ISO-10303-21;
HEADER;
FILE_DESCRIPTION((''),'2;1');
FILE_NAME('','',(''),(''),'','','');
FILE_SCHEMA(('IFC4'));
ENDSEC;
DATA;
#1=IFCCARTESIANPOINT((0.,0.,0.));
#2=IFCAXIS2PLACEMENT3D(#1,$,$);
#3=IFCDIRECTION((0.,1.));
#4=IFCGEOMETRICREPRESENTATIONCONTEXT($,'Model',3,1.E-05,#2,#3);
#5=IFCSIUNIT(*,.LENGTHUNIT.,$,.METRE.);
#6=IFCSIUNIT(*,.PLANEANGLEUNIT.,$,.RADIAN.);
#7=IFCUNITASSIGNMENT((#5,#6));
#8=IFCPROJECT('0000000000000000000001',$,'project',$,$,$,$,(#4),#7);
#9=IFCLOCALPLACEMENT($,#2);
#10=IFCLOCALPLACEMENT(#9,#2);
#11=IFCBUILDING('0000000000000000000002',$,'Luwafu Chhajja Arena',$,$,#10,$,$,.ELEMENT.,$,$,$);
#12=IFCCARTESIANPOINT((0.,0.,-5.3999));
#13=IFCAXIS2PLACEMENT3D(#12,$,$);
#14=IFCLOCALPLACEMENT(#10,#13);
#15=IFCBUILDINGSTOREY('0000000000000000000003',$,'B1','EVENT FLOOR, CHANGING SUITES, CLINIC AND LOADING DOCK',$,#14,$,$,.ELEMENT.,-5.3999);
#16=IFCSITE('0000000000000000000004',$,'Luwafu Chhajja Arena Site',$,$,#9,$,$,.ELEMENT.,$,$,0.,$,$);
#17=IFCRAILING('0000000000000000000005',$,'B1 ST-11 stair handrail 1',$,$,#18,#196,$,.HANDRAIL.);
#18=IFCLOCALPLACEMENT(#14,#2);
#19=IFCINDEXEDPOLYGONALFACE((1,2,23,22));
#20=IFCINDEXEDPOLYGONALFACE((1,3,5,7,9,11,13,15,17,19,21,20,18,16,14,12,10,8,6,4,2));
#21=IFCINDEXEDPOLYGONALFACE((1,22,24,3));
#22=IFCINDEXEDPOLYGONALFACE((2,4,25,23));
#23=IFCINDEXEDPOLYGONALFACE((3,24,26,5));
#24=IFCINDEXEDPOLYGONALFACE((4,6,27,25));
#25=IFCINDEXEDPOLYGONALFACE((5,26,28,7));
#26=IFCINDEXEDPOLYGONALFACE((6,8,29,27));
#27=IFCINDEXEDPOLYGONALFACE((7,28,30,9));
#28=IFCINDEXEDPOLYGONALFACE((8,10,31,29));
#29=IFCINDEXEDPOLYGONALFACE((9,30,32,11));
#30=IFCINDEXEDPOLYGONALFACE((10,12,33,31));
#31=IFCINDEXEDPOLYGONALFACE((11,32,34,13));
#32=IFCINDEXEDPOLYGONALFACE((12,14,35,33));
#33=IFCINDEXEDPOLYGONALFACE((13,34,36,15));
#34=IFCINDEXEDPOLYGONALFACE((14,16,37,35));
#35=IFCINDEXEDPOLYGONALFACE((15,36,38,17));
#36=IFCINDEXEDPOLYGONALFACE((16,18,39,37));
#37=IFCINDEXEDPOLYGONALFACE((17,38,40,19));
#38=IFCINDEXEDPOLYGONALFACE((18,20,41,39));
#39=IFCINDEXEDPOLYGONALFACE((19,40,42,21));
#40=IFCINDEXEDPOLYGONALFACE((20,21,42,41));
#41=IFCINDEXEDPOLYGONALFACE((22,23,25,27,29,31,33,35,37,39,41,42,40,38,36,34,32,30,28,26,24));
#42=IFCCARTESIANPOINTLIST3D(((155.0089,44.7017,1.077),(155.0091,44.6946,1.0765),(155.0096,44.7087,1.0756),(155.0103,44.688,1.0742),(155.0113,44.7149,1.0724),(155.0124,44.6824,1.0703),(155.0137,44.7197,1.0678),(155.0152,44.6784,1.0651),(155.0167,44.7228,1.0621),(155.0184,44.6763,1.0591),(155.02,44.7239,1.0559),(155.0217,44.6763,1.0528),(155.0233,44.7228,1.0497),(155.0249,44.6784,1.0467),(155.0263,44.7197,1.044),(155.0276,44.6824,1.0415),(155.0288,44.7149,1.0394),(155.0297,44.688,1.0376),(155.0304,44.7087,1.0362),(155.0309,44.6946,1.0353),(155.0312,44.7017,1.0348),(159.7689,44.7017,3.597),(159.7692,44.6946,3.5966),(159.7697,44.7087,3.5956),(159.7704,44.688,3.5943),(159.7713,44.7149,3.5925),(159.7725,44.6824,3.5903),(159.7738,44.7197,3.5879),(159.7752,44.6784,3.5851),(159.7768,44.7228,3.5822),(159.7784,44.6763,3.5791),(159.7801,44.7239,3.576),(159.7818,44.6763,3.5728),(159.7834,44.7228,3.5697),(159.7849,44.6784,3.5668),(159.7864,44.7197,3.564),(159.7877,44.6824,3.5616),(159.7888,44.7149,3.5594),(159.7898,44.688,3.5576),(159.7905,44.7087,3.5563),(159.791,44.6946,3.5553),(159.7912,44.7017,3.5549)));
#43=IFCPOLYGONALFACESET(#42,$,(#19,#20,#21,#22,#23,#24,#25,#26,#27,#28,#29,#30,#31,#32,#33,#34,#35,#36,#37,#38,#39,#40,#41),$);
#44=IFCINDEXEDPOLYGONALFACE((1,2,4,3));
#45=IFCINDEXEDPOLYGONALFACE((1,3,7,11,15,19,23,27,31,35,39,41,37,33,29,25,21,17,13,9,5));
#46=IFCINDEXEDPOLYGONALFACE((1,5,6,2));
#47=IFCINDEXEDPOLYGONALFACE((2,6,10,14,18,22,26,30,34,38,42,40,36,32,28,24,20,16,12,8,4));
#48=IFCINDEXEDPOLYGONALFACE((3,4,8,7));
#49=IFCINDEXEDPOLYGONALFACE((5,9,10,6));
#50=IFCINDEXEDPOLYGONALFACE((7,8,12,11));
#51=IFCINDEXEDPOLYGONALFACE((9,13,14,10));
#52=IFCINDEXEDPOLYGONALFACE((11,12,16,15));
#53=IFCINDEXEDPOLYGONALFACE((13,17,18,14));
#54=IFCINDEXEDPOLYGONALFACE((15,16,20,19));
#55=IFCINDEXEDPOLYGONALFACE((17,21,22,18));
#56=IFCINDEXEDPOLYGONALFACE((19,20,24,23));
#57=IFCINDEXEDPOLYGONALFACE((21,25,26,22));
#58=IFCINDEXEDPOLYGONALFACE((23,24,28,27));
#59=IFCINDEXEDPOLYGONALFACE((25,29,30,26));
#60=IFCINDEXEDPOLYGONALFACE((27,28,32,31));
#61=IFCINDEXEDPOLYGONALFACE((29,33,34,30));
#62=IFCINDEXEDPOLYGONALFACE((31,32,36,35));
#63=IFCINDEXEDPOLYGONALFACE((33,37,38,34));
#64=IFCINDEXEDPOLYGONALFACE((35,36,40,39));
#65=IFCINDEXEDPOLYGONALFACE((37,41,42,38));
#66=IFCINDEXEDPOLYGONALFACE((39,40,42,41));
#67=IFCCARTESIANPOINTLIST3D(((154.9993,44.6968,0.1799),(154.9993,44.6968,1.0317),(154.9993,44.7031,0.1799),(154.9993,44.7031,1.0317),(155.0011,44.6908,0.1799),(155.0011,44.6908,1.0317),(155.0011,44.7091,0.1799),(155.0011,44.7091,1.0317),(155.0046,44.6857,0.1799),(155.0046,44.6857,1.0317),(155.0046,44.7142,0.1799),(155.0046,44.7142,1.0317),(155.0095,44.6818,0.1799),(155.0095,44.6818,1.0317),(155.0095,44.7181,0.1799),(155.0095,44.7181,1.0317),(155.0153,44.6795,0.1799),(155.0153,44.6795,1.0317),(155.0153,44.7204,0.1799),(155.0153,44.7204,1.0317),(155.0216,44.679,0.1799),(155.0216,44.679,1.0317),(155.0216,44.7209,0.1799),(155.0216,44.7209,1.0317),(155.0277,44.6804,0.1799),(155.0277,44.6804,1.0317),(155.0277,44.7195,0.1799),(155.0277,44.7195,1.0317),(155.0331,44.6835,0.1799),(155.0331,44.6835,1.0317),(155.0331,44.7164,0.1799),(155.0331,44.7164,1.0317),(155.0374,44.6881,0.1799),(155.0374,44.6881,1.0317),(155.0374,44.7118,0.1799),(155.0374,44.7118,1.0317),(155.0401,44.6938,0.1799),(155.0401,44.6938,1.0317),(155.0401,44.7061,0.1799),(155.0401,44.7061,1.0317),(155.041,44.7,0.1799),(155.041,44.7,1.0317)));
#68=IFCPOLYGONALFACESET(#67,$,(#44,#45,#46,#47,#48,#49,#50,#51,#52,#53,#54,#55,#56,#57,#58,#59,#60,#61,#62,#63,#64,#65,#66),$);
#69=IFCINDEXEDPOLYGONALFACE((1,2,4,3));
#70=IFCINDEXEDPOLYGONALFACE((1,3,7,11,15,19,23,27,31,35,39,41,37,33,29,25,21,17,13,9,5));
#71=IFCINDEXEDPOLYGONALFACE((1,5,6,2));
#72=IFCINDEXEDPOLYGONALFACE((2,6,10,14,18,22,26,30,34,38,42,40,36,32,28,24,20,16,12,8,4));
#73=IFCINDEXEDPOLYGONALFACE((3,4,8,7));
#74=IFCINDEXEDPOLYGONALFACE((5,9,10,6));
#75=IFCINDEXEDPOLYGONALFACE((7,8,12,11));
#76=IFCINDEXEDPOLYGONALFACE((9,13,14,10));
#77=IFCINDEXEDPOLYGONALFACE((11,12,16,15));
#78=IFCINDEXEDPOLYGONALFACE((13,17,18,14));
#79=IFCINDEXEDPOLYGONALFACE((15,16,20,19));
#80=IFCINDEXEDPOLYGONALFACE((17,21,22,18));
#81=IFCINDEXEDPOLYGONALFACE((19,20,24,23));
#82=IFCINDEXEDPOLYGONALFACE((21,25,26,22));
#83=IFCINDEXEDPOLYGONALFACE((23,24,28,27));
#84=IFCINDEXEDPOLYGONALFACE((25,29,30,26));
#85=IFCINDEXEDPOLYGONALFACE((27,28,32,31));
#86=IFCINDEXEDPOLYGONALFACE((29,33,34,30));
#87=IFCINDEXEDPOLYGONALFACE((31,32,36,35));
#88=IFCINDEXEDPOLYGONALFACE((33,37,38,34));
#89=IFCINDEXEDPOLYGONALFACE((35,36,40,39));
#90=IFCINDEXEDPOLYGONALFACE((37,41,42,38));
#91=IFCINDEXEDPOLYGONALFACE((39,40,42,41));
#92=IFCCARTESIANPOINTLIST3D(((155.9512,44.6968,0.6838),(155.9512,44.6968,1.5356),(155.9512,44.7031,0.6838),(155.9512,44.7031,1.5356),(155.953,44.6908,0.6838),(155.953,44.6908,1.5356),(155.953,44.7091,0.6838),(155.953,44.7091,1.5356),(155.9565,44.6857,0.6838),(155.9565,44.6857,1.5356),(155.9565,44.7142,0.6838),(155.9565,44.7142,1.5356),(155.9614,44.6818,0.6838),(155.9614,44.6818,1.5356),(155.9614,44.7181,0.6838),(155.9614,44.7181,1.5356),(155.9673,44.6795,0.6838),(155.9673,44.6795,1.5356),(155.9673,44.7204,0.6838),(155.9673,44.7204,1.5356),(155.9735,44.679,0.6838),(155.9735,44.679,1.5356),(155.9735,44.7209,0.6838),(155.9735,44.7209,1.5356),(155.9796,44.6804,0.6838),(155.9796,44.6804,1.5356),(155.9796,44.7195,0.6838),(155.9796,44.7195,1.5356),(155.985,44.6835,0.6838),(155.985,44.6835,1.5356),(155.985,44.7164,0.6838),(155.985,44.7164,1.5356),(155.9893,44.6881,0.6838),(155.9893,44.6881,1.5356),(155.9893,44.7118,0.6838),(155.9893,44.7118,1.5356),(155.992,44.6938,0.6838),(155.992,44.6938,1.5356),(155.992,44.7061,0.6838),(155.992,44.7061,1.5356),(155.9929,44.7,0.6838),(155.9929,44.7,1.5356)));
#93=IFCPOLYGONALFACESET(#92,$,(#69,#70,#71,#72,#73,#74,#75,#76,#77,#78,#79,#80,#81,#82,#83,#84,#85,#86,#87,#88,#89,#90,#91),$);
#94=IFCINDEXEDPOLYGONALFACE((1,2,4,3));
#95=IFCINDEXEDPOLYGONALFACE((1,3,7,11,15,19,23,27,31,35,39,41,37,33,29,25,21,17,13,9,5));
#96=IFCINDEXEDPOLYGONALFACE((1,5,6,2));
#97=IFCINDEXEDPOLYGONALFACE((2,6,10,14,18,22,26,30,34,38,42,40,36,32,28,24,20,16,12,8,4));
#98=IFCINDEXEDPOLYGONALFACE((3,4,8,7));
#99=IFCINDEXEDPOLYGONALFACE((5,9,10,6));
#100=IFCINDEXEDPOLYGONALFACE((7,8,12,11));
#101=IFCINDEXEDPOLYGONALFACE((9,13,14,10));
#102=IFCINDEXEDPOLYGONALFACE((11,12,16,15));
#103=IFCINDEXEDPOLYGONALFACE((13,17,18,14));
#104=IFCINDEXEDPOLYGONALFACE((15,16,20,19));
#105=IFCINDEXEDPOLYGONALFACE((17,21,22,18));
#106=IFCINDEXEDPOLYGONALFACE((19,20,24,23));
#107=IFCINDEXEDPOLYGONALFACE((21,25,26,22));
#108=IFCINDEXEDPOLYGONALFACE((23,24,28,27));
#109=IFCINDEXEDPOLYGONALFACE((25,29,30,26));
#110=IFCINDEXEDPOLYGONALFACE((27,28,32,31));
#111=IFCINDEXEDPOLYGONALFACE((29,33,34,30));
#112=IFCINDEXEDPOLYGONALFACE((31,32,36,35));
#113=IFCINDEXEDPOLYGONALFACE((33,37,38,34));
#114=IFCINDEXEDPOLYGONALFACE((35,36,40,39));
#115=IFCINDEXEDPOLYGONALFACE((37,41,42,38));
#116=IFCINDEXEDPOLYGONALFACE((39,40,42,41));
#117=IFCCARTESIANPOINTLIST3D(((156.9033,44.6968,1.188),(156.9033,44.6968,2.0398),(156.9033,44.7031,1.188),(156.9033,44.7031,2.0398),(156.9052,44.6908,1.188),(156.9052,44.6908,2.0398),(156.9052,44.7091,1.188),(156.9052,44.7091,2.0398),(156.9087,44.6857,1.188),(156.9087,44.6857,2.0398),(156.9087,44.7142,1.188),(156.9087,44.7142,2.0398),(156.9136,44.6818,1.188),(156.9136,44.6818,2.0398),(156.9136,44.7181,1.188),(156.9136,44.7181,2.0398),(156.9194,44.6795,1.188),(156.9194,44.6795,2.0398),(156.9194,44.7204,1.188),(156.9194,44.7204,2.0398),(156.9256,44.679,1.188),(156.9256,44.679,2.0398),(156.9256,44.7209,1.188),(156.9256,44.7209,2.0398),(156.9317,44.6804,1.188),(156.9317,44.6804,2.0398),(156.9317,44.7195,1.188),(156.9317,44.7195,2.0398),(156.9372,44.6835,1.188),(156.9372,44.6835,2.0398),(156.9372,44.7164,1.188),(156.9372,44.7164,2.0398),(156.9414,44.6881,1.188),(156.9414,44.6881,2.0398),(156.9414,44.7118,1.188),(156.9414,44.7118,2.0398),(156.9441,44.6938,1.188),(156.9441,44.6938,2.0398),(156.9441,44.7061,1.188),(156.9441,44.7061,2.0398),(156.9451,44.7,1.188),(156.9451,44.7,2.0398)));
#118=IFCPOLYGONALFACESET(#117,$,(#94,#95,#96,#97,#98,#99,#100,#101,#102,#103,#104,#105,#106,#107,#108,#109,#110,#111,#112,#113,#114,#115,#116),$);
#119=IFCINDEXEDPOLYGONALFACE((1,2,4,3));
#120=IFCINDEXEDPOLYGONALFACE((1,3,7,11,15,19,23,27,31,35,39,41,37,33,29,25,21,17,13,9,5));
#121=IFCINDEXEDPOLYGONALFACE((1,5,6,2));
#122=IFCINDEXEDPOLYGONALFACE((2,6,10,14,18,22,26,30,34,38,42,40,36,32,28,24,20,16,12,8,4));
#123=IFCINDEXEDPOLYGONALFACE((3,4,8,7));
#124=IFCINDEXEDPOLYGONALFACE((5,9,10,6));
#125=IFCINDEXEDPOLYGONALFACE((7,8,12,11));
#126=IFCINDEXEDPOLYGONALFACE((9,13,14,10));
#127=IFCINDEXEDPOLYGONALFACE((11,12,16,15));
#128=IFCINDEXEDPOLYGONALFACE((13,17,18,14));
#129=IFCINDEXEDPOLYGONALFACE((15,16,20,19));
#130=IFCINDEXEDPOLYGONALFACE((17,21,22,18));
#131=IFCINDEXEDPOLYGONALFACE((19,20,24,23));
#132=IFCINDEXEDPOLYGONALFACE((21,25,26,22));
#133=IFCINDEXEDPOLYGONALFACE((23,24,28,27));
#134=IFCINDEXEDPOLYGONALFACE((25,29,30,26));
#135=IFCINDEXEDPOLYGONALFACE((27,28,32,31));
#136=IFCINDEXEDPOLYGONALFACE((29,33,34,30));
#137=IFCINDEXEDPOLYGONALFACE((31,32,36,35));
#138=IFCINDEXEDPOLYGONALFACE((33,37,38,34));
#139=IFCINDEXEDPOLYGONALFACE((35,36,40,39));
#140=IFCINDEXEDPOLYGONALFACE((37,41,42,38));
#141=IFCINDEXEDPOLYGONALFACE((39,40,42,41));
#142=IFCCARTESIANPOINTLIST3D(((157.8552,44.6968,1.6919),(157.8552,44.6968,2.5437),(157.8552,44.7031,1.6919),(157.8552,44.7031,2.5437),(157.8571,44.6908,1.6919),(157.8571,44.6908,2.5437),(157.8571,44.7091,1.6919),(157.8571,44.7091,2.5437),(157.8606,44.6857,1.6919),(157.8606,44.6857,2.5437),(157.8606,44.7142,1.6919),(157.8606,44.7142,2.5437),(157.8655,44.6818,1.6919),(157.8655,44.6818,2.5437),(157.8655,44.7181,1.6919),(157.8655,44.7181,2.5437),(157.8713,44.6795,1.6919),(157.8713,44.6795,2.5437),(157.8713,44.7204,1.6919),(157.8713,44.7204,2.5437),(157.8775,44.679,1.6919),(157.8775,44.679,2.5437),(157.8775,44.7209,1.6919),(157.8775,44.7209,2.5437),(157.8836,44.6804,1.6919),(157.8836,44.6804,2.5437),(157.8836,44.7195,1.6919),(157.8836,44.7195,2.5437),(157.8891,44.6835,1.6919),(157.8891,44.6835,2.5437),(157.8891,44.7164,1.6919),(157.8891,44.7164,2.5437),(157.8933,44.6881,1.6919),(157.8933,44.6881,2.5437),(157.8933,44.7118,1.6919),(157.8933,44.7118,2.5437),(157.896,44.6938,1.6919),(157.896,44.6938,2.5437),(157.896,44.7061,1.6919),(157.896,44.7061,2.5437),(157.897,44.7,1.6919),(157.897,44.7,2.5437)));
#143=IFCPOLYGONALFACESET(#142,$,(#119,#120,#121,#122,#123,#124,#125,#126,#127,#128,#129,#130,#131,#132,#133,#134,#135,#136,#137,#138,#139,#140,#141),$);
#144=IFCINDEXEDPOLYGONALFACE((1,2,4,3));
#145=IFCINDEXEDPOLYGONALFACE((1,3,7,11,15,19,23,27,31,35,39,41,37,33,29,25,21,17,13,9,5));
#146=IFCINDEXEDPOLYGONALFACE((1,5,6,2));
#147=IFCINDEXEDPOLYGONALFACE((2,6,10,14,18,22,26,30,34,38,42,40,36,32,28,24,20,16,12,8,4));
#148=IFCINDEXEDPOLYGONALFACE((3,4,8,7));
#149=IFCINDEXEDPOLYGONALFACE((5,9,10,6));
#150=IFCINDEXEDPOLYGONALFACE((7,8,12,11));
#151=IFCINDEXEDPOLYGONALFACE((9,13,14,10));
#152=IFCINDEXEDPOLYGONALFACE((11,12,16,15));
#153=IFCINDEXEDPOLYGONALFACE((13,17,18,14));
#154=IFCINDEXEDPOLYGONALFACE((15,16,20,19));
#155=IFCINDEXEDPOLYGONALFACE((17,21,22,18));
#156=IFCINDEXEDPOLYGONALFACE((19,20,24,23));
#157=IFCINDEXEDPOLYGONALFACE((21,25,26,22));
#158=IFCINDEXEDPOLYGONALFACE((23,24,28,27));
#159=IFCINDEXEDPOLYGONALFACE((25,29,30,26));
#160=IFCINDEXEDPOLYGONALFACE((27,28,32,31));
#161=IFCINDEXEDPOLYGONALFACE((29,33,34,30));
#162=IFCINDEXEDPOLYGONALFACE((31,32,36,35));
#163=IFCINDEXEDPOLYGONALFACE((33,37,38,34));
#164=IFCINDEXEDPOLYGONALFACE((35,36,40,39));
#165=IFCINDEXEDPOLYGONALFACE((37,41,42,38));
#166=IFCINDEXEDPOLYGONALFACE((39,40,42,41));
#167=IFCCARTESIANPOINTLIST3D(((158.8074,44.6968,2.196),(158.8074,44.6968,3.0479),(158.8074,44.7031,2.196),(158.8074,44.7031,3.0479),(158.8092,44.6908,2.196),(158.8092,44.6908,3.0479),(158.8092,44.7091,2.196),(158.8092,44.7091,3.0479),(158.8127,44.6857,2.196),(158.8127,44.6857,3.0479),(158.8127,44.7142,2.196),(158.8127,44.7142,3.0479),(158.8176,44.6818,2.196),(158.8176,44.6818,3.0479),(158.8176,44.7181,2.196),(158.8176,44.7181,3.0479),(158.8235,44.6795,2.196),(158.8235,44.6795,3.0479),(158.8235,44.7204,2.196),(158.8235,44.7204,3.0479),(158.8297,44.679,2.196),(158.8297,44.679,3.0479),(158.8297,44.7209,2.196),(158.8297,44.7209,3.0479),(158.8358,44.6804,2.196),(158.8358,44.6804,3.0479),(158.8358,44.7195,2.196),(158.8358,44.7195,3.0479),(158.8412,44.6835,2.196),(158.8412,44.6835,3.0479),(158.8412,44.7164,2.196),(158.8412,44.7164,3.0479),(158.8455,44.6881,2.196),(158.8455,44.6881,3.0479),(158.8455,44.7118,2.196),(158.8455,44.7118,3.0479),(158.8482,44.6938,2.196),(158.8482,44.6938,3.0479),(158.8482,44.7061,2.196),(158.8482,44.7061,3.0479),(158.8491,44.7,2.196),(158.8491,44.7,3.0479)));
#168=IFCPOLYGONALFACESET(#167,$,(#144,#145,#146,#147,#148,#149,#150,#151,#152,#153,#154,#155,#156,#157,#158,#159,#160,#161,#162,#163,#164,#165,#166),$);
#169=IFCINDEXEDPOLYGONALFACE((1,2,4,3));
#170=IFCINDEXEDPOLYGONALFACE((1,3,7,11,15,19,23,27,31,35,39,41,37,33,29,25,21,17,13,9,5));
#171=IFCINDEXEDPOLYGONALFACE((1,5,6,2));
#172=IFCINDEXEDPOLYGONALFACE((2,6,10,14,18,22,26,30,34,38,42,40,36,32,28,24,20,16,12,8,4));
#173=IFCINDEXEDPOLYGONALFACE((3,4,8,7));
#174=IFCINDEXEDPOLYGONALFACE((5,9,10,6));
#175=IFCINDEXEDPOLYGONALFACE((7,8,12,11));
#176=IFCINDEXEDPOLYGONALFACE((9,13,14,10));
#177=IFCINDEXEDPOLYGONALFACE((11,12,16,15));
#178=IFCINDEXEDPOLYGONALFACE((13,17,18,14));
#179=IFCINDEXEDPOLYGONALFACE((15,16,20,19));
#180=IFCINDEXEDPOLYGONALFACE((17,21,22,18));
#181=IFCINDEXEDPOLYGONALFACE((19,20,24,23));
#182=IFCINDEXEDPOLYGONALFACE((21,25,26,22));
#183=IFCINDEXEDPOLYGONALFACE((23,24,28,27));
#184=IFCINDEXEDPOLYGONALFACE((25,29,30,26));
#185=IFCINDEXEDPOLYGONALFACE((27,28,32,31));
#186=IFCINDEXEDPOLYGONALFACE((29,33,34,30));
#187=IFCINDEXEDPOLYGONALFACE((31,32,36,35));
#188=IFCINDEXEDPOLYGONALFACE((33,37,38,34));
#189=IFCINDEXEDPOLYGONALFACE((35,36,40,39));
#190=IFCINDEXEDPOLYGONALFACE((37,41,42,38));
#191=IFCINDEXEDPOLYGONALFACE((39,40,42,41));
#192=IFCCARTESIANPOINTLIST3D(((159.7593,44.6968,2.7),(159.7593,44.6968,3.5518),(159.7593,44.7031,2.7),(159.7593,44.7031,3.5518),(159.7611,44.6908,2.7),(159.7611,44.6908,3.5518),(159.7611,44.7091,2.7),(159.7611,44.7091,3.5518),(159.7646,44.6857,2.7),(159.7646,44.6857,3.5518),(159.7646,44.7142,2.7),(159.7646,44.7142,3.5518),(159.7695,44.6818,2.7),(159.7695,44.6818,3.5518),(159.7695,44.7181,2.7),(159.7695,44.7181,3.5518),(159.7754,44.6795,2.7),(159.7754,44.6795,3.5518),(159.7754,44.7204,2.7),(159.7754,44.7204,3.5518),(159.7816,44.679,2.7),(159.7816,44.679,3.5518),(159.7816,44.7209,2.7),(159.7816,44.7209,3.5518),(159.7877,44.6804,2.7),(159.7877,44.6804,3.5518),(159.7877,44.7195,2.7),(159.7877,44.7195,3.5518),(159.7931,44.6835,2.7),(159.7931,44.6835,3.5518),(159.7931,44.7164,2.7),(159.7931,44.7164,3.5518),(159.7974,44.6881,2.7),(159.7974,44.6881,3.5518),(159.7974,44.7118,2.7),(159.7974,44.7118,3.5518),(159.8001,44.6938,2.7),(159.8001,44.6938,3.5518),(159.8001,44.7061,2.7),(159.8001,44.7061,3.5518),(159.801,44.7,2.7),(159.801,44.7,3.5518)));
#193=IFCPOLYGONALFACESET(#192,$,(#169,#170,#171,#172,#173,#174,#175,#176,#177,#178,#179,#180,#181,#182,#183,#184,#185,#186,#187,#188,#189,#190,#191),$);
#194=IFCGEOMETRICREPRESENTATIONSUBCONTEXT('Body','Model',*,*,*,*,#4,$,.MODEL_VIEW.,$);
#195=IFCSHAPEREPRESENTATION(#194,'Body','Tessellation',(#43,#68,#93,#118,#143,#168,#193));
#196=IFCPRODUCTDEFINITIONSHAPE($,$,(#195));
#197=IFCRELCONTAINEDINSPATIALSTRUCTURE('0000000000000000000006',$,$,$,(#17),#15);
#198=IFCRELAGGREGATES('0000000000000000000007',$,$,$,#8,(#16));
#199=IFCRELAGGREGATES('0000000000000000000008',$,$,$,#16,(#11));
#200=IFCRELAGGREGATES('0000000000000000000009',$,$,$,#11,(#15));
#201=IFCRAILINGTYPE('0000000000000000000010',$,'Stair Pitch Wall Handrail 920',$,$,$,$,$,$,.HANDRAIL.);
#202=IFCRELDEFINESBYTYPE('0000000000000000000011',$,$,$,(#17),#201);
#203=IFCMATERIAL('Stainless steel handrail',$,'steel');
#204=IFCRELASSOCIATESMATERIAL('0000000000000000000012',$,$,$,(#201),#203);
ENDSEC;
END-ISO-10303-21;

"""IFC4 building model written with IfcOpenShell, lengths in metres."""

from ifc_helpers import new_model, si_unit, direction, frame, origin, origin_2d, place, context, subcontext, project, spatial, circle, extrude, material, type_object, element, save


model = new_model("IFC4")

# Units and contexts
model_context = context("Model", 3, precision=1e-05, world=origin(), true_north=direction((0.0, 1.0)))
body_context = subcontext(model_context, "Body", "Model", "MODEL_VIEW")
ifc_project = project(units=[si_unit("LENGTHUNIT", "METRE"), si_unit("PLANEANGLEUNIT", "RADIAN")], contexts=[model_context])

# Site, building, storey
site_placement = place(None, origin())
site = spatial("IfcSite", under=ifc_project, at=site_placement, Name="Luwafu Chhajja Arena Site", CompositionType="ELEMENT", RefElevation=0.0)
building_placement = place(site_placement, origin())
building = spatial("IfcBuilding", under=site, at=building_placement, Name="Luwafu Chhajja Arena", CompositionType="ELEMENT")
storey_placement = place(building_placement, frame((0.0, 0.0, -5.3999)))
storey = spatial("IfcBuildingStorey", under=building, at=storey_placement, Name="B1", Description="EVENT FLOOR, CHANGING SUITES, CLINIC AND LOADING DOCK", CompositionType="ELEMENT", Elevation=-5.3999)

# Railing
ifc_material_1 = material(Name="Stainless steel handrail", Category="steel")
railing_type_1 = type_object("IfcRailingType", Name="Stair Pitch Wall Handrail 920", PredefinedType="HANDRAIL", material=ifc_material_1)
railing_1_placement = place(storey_placement, frame((155.02, 44.7, 0.1799)))
element("IfcRailing", 1, at=railing_1_placement, inside=storey, type_object=railing_type_1, Name="B1 ST-11 stair handrail 1", PredefinedType="HANDRAIL", context=body_context, shape_type="SweptSolid", body=[
    extrude(circle(Radius=0.0239, at=origin_2d()), frame((0.0, 0.0, 0.876), z_axis=(0.883787, 0.0, 0.46789), x_axis=(0.0, 1.0, 0.0)), (0.0, 0.0, 1.0), 5.386),
    extrude(circle(Radius=0.021, at=origin_2d()), origin(), (0.0, 0.0, 1.0), 0.8518),
    extrude(circle(Radius=0.021, at=origin_2d()), frame((0.9519, 0.0, 0.5039)), (0.0, 0.0, 1.0), 0.8518),
    extrude(circle(Radius=0.021, at=origin_2d()), frame((1.9041, 0.0, 1.0081)), (0.0, 0.0, 1.0), 0.8518),
    extrude(circle(Radius=0.021, at=origin_2d()), frame((2.856, 0.0, 1.512)), (0.0, 0.0, 1.0), 0.8518),
    extrude(circle(Radius=0.021, at=origin_2d()), frame((3.8081, 0.0, 2.0161)), (0.0, 0.0, 1.0), 0.8518),
    extrude(circle(Radius=0.021, at=origin_2d()), frame((4.76, 0.0, 2.52)), (0.0, 0.0, 1.0), 0.8518),
])

save(model, "model.ifc")
